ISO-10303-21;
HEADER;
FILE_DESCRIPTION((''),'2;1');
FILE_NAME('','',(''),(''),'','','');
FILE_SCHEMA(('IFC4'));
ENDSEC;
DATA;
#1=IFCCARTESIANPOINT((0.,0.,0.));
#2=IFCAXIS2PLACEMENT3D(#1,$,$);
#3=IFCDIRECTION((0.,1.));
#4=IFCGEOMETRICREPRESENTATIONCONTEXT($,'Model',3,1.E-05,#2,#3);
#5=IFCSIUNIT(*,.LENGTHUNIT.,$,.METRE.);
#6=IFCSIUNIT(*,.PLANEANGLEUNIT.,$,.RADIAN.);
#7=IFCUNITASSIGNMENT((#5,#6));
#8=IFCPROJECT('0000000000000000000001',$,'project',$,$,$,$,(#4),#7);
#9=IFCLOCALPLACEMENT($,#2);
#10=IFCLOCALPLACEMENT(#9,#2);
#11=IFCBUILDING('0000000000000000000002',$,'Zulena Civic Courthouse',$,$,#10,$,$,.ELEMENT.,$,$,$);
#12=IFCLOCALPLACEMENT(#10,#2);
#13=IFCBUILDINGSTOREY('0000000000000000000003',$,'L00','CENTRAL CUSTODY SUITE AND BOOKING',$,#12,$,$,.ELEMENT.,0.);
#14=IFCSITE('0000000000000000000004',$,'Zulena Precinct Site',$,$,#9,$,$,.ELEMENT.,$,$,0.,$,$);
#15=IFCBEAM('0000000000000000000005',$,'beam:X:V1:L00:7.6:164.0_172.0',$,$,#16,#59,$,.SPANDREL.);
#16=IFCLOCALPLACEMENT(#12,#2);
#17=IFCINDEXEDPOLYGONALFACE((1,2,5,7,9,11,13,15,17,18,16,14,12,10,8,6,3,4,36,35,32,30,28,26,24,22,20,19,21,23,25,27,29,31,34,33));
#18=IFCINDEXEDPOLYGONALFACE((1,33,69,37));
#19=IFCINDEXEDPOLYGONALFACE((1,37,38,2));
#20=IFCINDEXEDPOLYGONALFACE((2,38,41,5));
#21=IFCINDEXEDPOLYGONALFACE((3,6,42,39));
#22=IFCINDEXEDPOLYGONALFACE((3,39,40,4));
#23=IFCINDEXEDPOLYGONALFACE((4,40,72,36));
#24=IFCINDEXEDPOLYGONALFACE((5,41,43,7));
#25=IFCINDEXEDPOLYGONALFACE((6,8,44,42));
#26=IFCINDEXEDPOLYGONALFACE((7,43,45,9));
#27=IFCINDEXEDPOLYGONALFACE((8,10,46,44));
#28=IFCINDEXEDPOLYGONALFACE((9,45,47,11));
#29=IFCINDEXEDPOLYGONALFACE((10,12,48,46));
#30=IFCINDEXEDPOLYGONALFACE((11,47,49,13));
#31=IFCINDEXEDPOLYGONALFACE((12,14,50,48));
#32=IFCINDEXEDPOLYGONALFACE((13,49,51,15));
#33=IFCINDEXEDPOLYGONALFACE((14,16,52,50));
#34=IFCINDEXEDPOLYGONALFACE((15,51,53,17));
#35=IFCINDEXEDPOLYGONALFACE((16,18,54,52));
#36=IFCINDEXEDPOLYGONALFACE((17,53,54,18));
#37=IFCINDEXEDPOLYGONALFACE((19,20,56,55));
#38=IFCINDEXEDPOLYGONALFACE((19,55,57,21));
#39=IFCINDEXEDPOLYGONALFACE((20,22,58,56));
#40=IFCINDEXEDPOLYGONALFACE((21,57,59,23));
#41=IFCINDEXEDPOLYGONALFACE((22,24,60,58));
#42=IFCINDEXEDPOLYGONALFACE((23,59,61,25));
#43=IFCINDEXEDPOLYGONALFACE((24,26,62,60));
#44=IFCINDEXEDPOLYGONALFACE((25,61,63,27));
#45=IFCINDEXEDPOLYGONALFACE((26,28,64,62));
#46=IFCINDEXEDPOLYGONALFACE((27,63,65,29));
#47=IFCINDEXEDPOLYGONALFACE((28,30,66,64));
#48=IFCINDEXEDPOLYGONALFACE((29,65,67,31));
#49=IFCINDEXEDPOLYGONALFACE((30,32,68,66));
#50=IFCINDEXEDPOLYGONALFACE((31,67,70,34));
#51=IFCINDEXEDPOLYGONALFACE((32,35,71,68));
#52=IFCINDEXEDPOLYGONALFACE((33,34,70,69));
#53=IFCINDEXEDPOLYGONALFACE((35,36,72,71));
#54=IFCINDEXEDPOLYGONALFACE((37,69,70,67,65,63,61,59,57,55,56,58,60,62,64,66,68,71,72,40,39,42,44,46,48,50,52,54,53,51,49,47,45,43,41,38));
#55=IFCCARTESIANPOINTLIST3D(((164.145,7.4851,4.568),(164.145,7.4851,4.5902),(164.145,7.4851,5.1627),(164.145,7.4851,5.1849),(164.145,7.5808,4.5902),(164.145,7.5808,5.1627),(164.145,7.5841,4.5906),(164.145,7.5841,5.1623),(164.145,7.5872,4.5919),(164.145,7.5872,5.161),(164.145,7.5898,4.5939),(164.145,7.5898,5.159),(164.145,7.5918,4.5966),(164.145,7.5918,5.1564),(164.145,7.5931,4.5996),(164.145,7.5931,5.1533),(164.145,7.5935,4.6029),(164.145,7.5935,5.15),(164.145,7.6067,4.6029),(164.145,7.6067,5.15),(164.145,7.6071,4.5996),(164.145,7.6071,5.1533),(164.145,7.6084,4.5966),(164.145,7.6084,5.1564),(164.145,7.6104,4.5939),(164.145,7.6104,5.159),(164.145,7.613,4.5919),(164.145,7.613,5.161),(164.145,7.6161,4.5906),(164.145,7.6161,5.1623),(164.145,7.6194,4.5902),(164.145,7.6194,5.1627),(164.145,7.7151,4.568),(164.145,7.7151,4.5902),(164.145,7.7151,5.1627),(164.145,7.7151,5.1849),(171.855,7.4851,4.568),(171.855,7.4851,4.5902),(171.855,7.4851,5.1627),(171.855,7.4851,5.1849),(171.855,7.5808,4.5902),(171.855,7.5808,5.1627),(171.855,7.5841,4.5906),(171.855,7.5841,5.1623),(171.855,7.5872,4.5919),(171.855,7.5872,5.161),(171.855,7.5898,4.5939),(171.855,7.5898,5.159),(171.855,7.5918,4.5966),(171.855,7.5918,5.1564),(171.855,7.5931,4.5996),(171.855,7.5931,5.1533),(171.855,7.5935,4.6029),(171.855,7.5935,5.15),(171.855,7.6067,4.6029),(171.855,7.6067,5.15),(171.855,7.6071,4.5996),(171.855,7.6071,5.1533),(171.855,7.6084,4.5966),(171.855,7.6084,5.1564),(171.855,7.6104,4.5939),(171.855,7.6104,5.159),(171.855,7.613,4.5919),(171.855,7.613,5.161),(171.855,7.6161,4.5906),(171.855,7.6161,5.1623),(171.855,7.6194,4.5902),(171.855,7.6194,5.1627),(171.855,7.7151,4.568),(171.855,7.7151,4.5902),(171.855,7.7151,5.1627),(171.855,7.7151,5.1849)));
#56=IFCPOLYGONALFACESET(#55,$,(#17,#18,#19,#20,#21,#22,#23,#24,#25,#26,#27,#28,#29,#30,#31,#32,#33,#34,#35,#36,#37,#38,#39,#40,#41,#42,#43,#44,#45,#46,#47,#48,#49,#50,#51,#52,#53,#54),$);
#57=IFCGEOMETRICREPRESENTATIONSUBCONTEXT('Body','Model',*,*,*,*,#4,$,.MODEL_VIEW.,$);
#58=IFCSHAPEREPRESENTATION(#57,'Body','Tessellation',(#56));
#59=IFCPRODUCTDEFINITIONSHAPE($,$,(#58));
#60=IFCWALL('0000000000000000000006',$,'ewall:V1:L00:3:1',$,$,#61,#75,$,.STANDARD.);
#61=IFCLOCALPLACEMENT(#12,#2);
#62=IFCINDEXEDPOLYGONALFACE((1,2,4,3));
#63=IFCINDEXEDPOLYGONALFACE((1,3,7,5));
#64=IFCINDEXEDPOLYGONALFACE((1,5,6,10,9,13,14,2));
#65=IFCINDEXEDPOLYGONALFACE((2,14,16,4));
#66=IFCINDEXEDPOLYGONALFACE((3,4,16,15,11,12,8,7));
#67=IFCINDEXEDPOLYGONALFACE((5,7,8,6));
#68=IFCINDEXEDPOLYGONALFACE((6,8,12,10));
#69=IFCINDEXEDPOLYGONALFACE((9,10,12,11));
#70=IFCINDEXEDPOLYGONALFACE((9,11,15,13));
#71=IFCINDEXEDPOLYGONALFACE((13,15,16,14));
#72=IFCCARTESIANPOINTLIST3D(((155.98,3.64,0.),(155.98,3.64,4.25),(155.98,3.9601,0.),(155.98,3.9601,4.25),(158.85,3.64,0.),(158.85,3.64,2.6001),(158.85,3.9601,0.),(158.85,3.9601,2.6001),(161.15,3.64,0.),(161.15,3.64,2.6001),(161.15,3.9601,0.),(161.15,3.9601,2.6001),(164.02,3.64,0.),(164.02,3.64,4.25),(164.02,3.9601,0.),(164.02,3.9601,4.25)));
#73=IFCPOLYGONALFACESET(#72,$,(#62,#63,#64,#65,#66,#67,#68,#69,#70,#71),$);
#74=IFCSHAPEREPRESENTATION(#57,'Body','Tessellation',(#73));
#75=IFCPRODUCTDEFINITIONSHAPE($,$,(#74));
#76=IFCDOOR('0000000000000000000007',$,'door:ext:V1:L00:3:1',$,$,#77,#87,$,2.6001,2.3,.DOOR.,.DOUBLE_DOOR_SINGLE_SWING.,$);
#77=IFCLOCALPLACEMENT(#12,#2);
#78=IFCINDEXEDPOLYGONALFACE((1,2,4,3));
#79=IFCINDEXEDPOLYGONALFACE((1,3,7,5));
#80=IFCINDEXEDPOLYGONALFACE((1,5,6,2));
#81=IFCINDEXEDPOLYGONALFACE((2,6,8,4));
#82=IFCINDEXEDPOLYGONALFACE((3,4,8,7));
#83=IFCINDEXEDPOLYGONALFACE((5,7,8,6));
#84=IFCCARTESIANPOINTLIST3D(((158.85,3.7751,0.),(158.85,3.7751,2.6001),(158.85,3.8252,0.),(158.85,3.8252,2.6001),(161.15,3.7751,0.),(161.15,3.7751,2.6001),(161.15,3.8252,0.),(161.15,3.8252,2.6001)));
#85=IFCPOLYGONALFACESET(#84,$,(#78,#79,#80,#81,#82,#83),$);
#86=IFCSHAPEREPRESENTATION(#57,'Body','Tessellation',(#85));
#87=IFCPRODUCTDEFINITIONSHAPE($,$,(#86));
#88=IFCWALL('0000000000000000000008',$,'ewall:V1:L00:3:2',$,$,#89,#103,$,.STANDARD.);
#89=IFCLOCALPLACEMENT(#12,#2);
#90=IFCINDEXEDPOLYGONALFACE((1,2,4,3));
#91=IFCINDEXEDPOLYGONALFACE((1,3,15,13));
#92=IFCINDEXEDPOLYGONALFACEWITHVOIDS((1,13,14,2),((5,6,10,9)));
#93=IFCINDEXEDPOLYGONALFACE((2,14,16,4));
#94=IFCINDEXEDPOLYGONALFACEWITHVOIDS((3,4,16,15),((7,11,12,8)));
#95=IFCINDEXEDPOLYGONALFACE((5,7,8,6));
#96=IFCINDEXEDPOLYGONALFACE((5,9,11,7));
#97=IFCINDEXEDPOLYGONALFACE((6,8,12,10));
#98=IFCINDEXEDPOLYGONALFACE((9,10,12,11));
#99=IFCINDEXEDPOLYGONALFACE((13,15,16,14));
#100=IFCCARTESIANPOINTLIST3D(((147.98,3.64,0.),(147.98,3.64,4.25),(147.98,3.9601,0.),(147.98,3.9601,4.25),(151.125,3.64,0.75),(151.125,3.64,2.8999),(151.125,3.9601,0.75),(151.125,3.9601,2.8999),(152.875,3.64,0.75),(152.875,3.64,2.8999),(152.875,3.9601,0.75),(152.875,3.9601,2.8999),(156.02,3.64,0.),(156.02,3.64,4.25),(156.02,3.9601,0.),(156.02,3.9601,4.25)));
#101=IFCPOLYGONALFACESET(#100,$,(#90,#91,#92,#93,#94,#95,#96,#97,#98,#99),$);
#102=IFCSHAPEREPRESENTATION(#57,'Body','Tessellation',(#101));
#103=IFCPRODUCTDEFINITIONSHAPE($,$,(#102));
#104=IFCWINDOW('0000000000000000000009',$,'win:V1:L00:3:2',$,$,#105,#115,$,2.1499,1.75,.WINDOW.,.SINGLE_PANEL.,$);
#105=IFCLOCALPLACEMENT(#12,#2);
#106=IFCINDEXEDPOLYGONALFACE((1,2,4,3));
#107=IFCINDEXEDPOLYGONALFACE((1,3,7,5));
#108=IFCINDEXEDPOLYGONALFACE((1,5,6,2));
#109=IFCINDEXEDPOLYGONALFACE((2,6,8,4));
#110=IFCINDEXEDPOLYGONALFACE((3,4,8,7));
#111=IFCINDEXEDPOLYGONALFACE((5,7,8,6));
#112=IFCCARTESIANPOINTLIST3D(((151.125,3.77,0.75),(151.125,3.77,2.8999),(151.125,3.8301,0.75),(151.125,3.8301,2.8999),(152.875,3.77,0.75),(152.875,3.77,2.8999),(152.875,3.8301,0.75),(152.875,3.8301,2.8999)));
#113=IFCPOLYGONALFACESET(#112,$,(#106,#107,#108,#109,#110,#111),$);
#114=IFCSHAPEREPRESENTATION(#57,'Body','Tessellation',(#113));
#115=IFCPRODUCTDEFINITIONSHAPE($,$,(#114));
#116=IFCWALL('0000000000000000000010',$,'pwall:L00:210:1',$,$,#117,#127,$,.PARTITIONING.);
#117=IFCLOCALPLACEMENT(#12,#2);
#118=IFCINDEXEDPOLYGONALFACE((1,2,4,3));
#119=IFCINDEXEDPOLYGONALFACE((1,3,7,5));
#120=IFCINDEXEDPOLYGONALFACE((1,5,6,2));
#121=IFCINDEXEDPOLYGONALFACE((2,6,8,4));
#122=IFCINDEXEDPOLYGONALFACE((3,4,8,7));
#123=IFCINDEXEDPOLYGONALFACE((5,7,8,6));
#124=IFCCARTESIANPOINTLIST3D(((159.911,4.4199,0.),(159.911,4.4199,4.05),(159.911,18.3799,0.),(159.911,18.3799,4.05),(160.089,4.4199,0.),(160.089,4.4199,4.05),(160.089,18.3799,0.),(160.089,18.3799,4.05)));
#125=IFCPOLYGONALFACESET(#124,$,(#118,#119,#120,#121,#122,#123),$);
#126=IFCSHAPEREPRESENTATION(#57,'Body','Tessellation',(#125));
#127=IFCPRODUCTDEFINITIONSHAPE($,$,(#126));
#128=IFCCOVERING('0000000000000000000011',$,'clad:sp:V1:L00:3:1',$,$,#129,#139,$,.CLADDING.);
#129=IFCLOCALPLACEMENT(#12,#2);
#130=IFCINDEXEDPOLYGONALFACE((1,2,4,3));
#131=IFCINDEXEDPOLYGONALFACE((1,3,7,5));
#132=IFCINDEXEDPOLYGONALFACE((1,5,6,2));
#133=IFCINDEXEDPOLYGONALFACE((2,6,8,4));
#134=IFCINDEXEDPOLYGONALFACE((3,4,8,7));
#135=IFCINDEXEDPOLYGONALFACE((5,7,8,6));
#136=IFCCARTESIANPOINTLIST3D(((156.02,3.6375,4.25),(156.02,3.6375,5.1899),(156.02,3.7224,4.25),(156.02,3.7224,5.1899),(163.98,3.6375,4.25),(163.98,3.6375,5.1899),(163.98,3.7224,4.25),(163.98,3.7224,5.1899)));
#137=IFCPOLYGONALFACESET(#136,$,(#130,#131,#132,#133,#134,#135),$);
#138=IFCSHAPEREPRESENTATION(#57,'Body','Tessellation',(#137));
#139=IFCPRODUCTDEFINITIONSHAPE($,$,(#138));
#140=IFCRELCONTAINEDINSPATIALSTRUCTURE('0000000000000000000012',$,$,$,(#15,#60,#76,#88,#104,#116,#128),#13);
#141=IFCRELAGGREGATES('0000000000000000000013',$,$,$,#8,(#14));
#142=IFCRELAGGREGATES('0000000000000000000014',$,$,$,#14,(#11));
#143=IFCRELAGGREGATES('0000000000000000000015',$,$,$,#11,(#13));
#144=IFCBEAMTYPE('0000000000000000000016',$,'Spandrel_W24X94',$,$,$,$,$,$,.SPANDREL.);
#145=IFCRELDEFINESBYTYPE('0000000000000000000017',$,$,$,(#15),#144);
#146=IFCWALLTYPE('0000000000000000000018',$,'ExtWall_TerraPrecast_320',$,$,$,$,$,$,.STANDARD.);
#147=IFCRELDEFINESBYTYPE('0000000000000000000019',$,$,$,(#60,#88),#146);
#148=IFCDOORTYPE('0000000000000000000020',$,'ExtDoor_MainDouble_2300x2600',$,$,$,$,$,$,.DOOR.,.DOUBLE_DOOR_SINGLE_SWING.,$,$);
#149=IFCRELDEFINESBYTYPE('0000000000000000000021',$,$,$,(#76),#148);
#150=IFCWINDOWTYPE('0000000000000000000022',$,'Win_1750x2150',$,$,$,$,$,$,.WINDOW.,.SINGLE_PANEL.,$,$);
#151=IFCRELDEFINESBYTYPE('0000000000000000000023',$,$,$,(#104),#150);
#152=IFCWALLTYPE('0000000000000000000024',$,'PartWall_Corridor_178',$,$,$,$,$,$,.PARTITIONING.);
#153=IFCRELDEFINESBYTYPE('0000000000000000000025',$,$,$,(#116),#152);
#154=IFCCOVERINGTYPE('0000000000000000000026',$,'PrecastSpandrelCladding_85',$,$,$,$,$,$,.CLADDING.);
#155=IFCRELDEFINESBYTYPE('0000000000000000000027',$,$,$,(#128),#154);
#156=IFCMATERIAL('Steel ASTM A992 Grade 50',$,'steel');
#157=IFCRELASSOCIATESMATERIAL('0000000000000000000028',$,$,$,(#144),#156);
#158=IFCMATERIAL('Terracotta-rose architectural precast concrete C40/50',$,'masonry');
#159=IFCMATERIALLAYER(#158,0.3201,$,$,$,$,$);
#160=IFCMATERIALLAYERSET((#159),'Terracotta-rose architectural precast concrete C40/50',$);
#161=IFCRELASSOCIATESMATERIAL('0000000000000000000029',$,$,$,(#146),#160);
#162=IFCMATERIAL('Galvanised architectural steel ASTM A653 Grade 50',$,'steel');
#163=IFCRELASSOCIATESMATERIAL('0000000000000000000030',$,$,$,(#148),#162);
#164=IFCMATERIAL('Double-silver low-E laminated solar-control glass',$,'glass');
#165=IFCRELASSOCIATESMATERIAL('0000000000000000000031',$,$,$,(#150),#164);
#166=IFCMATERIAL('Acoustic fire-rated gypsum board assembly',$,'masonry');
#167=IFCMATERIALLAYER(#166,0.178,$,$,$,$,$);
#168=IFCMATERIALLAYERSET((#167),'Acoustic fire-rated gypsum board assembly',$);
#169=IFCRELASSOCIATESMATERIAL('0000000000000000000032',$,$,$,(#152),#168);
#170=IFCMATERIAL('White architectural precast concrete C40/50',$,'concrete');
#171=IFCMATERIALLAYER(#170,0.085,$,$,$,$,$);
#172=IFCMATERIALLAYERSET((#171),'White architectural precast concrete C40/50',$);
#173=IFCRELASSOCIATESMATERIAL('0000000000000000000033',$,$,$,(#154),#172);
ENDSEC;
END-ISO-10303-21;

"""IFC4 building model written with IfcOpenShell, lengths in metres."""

from ifc_helpers import new_model, si_unit, direction, frame, frame_2d, origin, origin_2d, place, context, subcontext, project, spatial, rectangle, i_section, extrude, material, layer, layer_set, material_profile, profile_set, type_object, element, fill, save


model = new_model("IFC4")

# Units and contexts
model_context = context("Model", 3, precision=1e-05, world=origin(), true_north=direction((0.0, 1.0)))
body_context = subcontext(model_context, "Body", "Model", "MODEL_VIEW")
ifc_project = project(units=[si_unit("LENGTHUNIT", "METRE"), si_unit("PLANEANGLEUNIT", "RADIAN")], contexts=[model_context])

# Site, building, storey
site_placement = place(None, origin())
site = spatial("IfcSite", under=ifc_project, at=site_placement, Name="Zulena Precinct Site", CompositionType="ELEMENT", RefElevation=0.0)
building_placement = place(site_placement, origin())
building = spatial("IfcBuilding", under=site, at=building_placement, Name="Zulena Civic Courthouse", CompositionType="ELEMENT")
storey_placement = place(building_placement, origin())
storey = spatial("IfcBuildingStorey", under=building, at=storey_placement, Name="L00", Description="CENTRAL CUSTODY SUITE AND BOOKING", CompositionType="ELEMENT", Elevation=0.0)

# Shared definitions
ifc_material_1 = material(Name="Steel ASTM A992 Grade 50", Category="steel")

# Beam
ifc_material_profile_1 = material_profile(ifc_material_1, i_section(OverallWidth=0.23, OverallDepth=0.6169, WebThickness=0.0132, FlangeThickness=0.0222, FilletRadius=0.0127, at=origin_2d()), Name="W24X94")
ifc_profile_set_1 = profile_set([ifc_material_profile_1], Name="Steel ASTM A992 Grade 50")
beam_type_1 = type_object("IfcBeamType", Name="Spandrel_W24X94", PredefinedType="SPANDREL", material=ifc_profile_set_1)
for number, where, z_axis, x_axis, name in (
    (1, (164.145, 7.6001, 4.8765), (1.0, 0.0, 0.0), (0.0, 1.0, 0.0), "beam:X:V1:L00:7.6:164.0_172.0"),
):
    element("IfcBeam", number, at=place(storey_placement, frame(where, z_axis=z_axis, x_axis=x_axis)), inside=storey, type_object=beam_type_1, Name=name, PredefinedType="SPANDREL", context=body_context, shape_type="SweptSolid", body=[
        extrude(i_section(OverallWidth=0.23, OverallDepth=0.6169, WebThickness=0.0132, FlangeThickness=0.0222, FilletRadius=0.0127, at=origin_2d()), origin(), (0.0, 0.0, 1.0), 7.71),
    ])

# Wall, opening, door
ifc_material_2 = material(Name="Terracotta-rose architectural precast concrete C40/50", Category="masonry")
ifc_layer_1 = layer(ifc_material_2, 0.3201)
ifc_layer_set_1 = layer_set([ifc_layer_1], Name="Terracotta-rose architectural precast concrete C40/50")
wall_type_1 = type_object("IfcWallType", Name="ExtWall_TerraPrecast_320", PredefinedType="STANDARD", material=ifc_layer_set_1)
wall_1_placement = place(storey_placement, frame((164.02, 3.8, 0.0), z_axis=(0.0, 0.0, 1.0), x_axis=(-1.0, 0.0, 0.0)))
wall_1 = element("IfcWall", 2, at=wall_1_placement, inside=storey, type_object=wall_type_1, Name="ewall:V1:L00:3:1", PredefinedType="STANDARD", context=body_context, shape_type="SweptSolid", body=[
    extrude(rectangle(XDim=8.04, YDim=0.3201, at=frame_2d((4.02, 0.0))), origin(), (0.0, 0.0, 1.0), 4.25),
])
opening_1_placement = place(wall_1_placement, frame((2.8701, 0.0, 0.0)))
opening_1 = element("IfcOpeningElement", 3, at=opening_1_placement, cuts=wall_1, PredefinedType="OPENING", context=body_context, shape_type="SweptSolid", body=[
    extrude(rectangle(XDim=2.3, YDim=2.6001, at=frame_2d((1.1499, 1.3))), frame((0.0, 0.1699, 0.0), z_axis=(0.0, -1.0, 0.0), x_axis=(1.0, 0.0, 0.0)), (0.0, 0.0, 1.0), 0.3401),
])
ifc_material_3 = material(Name="Galvanised architectural steel ASTM A653 Grade 50", Category="steel")
door_type = type_object("IfcDoorType", Name="ExtDoor_MainDouble_2300x2600", OperationType="DOUBLE_DOOR_SINGLE_SWING", PredefinedType="DOOR", material=ifc_material_3)
door_placement = place(opening_1_placement, origin())
door = element("IfcDoor", 4, at=door_placement, inside=storey, type_object=door_type, Name="door:ext:V1:L00:3:1", OperationType="DOUBLE_DOOR_SINGLE_SWING", OverallHeight=2.6001, OverallWidth=2.3, PredefinedType="DOOR", context=body_context, shape_type="SweptSolid", body=[
    extrude(rectangle(XDim=2.3, YDim=2.6001, at=frame_2d((1.1499, 1.3))), frame((0.0, 0.0249, 0.0), z_axis=(0.0, -1.0, 0.0), x_axis=(1.0, 0.0, 0.0)), (0.0, 0.0, 1.0), 0.05),
])
fill(opening_1, door)

# Wall, opening, window
wall_2_placement = place(storey_placement, frame((156.02, 3.8, 0.0), z_axis=(0.0, 0.0, 1.0), x_axis=(-1.0, 0.0, 0.0)))
wall_2 = element("IfcWall", 5, at=wall_2_placement, inside=storey, type_object=wall_type_1, Name="ewall:V1:L00:3:2", PredefinedType="STANDARD", context=body_context, shape_type="SweptSolid", body=[
    extrude(rectangle(XDim=8.04, YDim=0.3201, at=frame_2d((4.02, 0.0))), origin(), (0.0, 0.0, 1.0), 4.25),
])
opening_2_placement = place(wall_2_placement, frame((3.145, 0.0, 0.75)))
opening_2 = element("IfcOpeningElement", 6, at=opening_2_placement, cuts=wall_2, PredefinedType="OPENING", context=body_context, shape_type="SweptSolid", body=[
    extrude(rectangle(XDim=1.75, YDim=2.1499, at=frame_2d((0.875, 1.075))), frame((0.0, 0.1699, 0.0), z_axis=(0.0, -1.0, 0.0), x_axis=(1.0, 0.0, 0.0)), (0.0, 0.0, 1.0), 0.3401),
])
ifc_material_4 = material(Name="Double-silver low-E laminated solar-control glass", Category="glass")
window_type = type_object("IfcWindowType", Name="Win_1750x2150", PartitioningType="SINGLE_PANEL", PredefinedType="WINDOW", material=ifc_material_4)
window_placement = place(opening_2_placement, origin())
window = element("IfcWindow", 7, at=window_placement, inside=storey, type_object=window_type, Name="win:V1:L00:3:2", OverallHeight=2.1499, OverallWidth=1.75, PartitioningType="SINGLE_PANEL", PredefinedType="WINDOW", context=body_context, shape_type="SweptSolid", body=[
    extrude(rectangle(XDim=1.75, YDim=2.1499, at=frame_2d((0.875, 1.075))), frame((0.0, 0.03, 0.0), z_axis=(0.0, -1.0, 0.0), x_axis=(1.0, 0.0, 0.0)), (0.0, 0.0, 1.0), 0.0601),
])
fill(opening_2, window)

# Wall
ifc_material_5 = material(Name="Acoustic fire-rated gypsum board assembly", Category="masonry")
ifc_layer_2 = layer(ifc_material_5, 0.178)
ifc_layer_set_2 = layer_set([ifc_layer_2], Name="Acoustic fire-rated gypsum board assembly")
wall_type_2 = type_object("IfcWallType", Name="PartWall_Corridor_178", PredefinedType="PARTITIONING", material=ifc_layer_set_2)
wall_3_placement = place(storey_placement, frame((160.0, 4.4199, 0.0), z_axis=(0.0, 0.0, 1.0), x_axis=(0.0, 1.0, 0.0)))
element("IfcWall", 8, at=wall_3_placement, inside=storey, type_object=wall_type_2, Name="pwall:L00:210:1", PredefinedType="PARTITIONING", context=body_context, shape_type="SweptSolid", body=[
    extrude(rectangle(XDim=13.96, YDim=0.178, at=frame_2d((6.98, 0.0))), origin(), (0.0, 0.0, 1.0), 4.05),
])

# Covering
ifc_material_6 = material(Name="White architectural precast concrete C40/50", Category="concrete")
ifc_layer_3 = layer(ifc_material_6, 0.085)
ifc_layer_set_3 = layer_set([ifc_layer_3], Name="White architectural precast concrete C40/50")
covering_type = type_object("IfcCoveringType", Name="PrecastSpandrelCladding_85", PredefinedType="CLADDING", material=ifc_layer_set_3)
covering_placement = place(storey_placement, frame((160.0, 3.6799, 4.25), z_axis=(0.0, 0.0, 1.0), x_axis=(-1.0, 0.0, 0.0)))
element("IfcCovering", 9, at=covering_placement, inside=storey, type_object=covering_type, Name="clad:sp:V1:L00:3:1", PredefinedType="CLADDING", context=body_context, shape_type="SweptSolid", body=[
    extrude(rectangle(XDim=7.96, YDim=0.085, at=origin_2d()), origin(), (0.0, 0.0, 1.0), 0.9399),
])

save(model, "model.ifc")
